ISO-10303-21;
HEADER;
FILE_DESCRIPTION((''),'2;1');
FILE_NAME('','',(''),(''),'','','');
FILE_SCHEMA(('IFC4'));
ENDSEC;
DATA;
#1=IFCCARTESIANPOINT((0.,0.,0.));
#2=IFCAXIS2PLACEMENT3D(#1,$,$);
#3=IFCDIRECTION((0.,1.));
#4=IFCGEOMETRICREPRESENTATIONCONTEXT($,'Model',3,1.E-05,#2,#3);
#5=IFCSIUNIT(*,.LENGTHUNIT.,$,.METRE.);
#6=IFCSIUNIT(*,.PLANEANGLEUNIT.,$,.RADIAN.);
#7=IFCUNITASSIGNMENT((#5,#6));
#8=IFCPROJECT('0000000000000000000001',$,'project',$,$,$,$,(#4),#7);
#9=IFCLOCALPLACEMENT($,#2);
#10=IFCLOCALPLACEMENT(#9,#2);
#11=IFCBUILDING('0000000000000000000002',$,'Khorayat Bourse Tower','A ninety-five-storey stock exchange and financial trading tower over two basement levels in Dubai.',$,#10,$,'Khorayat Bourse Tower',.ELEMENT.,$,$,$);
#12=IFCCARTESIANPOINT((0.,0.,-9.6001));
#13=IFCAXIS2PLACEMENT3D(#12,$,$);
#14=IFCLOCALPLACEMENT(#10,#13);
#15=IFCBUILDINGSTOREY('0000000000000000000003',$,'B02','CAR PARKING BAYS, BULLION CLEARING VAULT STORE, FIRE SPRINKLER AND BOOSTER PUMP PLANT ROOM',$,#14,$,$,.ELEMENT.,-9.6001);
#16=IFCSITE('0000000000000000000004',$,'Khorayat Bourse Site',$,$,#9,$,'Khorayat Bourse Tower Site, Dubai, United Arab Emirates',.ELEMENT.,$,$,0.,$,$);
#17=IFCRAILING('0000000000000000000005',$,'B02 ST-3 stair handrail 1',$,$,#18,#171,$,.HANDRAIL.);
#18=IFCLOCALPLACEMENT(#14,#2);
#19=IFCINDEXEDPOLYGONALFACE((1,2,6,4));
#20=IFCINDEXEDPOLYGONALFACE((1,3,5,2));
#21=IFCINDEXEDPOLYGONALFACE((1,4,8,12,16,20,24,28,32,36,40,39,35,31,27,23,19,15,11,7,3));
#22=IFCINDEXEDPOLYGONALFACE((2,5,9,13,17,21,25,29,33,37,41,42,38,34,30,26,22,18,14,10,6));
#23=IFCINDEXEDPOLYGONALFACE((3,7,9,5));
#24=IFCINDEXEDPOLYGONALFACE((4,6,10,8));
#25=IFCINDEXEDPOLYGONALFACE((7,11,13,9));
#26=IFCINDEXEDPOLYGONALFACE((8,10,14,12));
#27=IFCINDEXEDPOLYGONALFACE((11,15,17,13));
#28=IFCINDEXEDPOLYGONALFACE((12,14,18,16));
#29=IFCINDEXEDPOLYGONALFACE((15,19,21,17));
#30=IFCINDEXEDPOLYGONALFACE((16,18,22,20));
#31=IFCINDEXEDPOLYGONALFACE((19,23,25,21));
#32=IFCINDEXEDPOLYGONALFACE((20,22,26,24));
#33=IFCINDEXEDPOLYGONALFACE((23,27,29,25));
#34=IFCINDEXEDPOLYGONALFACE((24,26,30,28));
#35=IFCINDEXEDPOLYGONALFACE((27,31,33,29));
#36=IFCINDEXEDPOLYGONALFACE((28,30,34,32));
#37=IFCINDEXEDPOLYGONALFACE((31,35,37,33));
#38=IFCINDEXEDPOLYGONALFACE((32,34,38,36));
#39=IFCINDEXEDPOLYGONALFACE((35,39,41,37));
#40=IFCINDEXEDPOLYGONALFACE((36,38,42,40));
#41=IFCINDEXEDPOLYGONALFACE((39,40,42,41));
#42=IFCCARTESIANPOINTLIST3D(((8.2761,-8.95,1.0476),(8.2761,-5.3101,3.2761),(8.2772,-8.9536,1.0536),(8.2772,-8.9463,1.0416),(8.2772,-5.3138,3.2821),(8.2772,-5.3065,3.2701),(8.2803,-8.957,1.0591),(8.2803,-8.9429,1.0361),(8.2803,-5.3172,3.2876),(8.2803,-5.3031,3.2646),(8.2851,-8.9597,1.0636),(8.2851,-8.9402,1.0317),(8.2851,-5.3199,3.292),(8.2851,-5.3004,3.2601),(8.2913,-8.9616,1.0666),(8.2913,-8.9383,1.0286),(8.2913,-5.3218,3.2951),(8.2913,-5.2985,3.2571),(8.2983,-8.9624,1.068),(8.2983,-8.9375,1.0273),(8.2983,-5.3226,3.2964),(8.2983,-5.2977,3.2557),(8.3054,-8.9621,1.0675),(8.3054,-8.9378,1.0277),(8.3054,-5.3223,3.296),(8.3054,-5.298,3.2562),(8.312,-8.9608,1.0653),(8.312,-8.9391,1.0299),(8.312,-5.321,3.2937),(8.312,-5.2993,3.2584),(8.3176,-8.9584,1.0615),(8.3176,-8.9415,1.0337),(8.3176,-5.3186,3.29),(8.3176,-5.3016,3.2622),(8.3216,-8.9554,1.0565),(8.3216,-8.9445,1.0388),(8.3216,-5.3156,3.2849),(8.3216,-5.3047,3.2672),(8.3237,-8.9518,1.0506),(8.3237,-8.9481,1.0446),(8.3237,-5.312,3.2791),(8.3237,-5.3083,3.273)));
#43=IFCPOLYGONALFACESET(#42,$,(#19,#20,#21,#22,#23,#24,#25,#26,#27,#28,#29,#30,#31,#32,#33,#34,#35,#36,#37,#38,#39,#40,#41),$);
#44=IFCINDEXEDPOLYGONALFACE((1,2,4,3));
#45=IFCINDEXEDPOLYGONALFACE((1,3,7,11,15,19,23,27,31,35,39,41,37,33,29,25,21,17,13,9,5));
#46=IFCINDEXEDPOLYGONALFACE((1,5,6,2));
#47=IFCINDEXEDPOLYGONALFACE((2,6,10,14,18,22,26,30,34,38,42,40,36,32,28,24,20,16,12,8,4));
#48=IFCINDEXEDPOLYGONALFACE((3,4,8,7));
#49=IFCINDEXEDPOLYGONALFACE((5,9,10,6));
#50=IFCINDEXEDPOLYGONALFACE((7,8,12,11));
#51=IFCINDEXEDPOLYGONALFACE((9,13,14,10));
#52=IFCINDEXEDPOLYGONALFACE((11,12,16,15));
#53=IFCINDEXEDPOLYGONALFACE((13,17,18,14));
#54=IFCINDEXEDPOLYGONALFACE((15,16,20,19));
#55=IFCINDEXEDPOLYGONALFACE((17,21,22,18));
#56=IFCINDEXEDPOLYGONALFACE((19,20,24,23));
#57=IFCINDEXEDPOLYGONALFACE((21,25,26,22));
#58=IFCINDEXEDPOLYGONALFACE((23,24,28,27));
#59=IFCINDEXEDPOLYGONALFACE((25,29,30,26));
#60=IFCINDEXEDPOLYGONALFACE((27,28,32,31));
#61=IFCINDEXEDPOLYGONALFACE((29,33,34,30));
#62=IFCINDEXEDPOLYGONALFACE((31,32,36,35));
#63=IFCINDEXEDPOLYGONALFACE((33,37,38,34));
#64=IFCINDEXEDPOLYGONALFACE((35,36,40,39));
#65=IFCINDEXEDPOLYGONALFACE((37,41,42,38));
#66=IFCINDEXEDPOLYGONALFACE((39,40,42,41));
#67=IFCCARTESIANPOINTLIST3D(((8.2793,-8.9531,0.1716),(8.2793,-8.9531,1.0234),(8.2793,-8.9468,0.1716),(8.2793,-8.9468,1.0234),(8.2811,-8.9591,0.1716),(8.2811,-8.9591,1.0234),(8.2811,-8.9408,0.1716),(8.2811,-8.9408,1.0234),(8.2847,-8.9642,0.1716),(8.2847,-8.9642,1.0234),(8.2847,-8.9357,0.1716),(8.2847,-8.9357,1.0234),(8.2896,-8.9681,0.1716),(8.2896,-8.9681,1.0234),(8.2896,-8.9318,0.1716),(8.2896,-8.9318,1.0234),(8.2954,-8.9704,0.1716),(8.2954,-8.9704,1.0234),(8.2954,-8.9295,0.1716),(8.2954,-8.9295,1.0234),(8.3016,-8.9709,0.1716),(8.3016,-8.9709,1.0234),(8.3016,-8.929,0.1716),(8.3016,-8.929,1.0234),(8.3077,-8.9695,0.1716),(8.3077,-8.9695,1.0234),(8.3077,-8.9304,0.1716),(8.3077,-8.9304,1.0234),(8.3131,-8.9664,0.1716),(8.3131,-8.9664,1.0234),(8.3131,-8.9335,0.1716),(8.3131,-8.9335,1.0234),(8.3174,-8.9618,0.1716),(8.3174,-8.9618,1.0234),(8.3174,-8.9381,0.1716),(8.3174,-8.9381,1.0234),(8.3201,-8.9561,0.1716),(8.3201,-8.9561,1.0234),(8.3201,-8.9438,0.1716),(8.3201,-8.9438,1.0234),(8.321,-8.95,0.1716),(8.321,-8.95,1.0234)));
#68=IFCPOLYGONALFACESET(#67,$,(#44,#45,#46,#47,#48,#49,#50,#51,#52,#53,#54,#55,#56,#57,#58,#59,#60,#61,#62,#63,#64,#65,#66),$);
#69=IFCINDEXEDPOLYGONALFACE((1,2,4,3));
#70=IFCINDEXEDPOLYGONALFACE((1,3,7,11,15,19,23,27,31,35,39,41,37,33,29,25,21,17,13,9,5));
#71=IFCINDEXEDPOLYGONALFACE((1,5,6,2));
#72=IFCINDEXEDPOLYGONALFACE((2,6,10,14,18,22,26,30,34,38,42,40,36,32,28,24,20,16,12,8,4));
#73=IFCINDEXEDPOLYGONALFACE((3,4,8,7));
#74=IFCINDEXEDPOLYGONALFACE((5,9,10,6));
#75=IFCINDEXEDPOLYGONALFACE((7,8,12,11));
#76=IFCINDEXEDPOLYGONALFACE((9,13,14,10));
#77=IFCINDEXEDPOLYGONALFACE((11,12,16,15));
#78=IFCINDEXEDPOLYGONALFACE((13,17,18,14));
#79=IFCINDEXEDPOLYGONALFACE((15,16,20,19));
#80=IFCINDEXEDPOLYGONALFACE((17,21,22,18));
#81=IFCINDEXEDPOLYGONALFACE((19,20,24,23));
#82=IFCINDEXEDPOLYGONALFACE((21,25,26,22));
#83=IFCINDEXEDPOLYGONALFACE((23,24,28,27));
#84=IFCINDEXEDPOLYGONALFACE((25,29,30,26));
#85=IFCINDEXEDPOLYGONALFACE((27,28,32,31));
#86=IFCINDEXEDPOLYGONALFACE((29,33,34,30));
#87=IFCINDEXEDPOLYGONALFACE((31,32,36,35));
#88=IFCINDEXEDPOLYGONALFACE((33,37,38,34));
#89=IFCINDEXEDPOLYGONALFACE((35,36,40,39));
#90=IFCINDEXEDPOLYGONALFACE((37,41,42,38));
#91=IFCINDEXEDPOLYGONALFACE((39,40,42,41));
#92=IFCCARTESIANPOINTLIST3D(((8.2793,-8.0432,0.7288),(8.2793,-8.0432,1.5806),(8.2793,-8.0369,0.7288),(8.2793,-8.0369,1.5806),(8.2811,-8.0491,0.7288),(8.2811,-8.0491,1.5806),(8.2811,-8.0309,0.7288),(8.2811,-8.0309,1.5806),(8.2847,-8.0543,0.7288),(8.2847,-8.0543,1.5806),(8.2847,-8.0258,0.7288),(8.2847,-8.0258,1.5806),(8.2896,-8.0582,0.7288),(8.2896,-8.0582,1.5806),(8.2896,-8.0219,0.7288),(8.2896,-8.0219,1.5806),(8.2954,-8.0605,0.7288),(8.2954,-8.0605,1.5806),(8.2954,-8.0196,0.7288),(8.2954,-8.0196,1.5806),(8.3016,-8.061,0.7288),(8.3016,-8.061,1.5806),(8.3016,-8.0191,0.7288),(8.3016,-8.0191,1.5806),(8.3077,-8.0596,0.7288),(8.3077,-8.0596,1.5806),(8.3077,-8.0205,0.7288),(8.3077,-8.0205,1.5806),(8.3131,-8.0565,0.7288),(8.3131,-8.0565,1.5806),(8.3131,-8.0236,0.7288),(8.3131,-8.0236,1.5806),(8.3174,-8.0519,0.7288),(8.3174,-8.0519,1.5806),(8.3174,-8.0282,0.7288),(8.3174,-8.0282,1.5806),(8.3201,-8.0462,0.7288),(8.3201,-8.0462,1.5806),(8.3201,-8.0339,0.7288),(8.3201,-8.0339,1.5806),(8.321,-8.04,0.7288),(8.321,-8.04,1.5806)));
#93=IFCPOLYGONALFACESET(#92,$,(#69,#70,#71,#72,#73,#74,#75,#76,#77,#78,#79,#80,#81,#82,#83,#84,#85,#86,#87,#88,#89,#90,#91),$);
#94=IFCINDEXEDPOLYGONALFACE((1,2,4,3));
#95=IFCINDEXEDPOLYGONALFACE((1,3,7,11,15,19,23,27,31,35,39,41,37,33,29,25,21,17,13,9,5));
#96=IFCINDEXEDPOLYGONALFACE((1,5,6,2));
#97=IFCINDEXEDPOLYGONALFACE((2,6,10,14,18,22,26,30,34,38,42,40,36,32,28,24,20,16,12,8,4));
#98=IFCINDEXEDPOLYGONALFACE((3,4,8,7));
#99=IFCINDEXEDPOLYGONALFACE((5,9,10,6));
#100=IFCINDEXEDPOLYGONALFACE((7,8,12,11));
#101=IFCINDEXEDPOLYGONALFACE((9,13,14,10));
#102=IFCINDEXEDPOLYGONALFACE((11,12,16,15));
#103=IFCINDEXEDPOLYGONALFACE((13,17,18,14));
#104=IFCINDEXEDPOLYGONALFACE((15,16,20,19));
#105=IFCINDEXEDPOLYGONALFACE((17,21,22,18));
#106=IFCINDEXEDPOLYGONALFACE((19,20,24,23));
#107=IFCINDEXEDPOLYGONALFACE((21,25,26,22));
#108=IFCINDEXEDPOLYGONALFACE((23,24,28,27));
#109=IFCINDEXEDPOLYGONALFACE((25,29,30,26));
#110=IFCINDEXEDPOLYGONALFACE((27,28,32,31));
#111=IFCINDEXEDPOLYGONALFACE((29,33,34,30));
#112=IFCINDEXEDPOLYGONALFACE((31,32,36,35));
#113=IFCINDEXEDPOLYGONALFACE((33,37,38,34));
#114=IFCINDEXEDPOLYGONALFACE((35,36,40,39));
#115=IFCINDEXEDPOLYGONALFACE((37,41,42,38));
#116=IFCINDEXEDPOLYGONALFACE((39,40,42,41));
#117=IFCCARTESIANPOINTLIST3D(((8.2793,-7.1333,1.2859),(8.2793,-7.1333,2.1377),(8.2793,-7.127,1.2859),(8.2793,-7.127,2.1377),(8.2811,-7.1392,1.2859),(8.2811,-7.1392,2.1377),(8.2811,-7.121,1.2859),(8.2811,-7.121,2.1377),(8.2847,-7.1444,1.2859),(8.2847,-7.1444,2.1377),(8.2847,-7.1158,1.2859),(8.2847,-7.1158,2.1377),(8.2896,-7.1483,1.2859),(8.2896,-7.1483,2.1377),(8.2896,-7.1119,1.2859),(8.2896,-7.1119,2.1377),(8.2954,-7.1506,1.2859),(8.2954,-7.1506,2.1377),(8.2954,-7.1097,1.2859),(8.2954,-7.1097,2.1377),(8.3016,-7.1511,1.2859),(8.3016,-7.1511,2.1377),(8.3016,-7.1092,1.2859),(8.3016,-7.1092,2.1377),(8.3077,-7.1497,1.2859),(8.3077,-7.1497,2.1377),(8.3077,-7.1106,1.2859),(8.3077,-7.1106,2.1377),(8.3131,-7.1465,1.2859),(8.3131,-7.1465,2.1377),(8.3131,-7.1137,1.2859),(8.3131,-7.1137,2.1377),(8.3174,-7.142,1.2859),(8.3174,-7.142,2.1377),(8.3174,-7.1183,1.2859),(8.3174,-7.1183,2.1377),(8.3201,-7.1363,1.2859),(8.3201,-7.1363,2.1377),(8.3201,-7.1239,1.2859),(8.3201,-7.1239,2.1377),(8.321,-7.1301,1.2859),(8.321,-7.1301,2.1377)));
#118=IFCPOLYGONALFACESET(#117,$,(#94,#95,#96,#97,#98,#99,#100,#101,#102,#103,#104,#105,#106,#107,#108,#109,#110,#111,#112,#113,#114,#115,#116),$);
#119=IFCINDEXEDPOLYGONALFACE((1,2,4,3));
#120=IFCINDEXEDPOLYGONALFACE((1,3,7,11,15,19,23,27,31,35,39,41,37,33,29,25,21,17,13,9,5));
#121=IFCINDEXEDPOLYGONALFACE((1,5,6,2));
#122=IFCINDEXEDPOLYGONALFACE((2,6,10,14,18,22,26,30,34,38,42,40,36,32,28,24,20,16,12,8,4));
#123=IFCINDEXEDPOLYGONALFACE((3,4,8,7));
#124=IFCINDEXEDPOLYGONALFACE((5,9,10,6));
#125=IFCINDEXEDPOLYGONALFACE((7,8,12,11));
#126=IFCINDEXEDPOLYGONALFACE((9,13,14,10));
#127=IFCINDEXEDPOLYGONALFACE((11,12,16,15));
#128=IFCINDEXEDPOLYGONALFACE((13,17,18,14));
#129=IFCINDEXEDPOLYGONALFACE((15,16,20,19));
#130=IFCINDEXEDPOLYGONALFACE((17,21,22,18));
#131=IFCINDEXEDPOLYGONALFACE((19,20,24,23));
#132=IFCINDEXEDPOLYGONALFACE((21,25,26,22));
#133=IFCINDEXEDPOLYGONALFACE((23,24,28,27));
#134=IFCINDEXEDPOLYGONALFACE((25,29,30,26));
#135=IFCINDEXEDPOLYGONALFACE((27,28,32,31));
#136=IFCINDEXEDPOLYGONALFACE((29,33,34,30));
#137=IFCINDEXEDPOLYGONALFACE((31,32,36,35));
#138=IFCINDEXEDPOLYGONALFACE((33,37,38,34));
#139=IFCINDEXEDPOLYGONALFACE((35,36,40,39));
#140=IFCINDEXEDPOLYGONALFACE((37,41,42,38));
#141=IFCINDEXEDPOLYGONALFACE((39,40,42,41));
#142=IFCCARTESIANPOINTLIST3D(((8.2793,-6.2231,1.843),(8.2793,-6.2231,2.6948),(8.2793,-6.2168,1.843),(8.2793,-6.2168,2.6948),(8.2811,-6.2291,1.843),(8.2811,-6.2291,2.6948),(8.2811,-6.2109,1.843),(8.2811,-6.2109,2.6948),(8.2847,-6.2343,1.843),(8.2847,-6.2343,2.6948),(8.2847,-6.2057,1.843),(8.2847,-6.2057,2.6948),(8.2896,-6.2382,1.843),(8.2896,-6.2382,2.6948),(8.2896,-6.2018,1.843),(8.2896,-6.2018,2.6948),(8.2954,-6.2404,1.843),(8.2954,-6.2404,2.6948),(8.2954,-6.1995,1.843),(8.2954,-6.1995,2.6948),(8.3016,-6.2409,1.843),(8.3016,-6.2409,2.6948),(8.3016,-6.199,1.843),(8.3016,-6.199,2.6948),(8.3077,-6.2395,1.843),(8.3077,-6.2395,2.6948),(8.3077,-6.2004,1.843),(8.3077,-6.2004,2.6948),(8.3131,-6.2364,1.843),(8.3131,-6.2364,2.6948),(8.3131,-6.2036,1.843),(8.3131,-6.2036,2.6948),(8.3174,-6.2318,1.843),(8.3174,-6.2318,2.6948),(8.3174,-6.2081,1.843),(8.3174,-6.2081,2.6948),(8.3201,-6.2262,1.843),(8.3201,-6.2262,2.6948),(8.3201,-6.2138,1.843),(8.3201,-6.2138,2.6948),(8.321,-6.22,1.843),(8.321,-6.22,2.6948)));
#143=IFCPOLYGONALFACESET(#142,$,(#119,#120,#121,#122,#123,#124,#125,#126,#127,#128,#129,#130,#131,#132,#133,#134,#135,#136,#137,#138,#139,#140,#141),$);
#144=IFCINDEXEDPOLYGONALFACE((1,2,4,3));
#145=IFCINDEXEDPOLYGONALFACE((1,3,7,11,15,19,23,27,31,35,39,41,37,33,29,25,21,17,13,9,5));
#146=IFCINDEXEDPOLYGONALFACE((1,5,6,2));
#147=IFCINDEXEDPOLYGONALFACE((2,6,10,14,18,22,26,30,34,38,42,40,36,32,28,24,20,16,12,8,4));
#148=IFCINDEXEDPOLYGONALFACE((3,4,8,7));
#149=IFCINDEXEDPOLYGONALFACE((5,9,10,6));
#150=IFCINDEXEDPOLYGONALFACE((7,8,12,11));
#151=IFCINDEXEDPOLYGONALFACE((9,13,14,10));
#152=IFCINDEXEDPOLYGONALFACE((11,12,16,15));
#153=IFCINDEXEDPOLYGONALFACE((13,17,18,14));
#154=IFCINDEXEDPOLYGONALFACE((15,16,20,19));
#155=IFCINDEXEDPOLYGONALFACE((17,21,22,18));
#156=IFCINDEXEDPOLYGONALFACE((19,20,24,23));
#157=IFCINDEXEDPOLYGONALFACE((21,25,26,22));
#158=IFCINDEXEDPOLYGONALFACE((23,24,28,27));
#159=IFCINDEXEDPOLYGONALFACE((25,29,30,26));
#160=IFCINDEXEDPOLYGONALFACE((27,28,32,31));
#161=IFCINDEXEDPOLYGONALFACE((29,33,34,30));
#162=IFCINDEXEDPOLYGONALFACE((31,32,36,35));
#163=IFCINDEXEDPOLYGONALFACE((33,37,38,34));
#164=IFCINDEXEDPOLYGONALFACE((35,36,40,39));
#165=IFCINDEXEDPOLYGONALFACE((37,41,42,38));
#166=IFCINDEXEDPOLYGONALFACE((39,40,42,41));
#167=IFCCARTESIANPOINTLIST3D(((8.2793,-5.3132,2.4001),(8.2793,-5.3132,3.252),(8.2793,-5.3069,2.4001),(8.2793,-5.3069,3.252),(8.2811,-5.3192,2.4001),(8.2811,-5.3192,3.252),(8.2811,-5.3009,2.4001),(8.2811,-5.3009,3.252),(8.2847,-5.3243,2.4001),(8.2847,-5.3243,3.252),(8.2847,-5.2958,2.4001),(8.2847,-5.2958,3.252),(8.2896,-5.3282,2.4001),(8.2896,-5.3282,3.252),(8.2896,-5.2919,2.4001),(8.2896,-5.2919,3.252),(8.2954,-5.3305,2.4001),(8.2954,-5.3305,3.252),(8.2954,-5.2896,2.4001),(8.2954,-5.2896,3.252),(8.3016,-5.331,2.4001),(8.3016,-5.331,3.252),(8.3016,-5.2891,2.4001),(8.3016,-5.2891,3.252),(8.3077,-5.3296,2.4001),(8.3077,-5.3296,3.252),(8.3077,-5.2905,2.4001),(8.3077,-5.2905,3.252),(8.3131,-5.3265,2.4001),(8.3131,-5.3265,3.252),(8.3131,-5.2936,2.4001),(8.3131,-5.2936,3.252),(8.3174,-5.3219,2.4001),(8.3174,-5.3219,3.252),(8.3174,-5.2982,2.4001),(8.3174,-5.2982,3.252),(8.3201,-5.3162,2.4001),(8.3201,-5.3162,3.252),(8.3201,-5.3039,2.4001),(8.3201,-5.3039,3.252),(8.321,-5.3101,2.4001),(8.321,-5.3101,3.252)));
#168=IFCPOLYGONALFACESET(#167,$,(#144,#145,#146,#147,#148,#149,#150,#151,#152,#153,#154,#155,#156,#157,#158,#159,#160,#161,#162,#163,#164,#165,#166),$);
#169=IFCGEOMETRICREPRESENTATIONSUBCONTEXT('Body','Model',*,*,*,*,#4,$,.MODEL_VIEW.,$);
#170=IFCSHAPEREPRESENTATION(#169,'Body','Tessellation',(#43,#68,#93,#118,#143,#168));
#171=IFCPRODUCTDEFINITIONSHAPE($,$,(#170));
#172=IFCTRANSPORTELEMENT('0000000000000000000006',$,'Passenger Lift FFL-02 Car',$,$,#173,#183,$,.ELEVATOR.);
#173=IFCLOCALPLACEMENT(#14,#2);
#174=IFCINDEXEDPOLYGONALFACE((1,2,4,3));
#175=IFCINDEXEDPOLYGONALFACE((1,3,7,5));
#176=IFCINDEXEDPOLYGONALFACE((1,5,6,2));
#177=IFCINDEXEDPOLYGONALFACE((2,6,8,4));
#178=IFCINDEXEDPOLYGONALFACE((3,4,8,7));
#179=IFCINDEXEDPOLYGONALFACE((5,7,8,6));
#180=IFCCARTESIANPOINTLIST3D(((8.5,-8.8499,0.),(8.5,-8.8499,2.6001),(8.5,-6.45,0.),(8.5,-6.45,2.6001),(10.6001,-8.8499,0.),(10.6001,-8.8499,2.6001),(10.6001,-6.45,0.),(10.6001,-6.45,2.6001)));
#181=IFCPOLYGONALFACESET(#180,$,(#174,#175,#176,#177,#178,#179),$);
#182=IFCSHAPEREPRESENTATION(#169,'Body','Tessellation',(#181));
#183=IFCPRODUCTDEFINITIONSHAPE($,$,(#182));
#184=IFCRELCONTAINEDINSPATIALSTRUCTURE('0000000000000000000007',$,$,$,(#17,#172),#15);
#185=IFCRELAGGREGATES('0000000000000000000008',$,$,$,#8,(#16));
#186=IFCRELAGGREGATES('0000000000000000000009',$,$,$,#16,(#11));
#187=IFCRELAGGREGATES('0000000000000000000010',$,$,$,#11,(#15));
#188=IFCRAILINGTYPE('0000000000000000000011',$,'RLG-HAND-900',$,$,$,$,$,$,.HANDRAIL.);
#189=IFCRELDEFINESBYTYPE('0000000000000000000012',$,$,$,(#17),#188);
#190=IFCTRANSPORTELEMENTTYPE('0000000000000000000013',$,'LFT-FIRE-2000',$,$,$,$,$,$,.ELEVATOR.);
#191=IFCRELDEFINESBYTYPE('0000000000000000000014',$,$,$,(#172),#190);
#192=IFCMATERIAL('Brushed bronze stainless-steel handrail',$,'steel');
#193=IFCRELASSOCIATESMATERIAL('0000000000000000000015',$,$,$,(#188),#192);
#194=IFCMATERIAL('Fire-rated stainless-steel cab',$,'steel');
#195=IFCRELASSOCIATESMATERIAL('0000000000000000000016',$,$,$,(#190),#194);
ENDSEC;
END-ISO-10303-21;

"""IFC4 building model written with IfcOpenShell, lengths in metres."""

from ifc_helpers import new_model, si_unit, direction, frame, origin, origin_2d, place, context, subcontext, project, spatial, rectangle, circle, extrude, source, transform, mapped, material, type_object, element, save


model = new_model("IFC4")

# Units and contexts
model_context = context("Model", 3, precision=1e-05, world=origin(), true_north=direction((0.0, 1.0)))
body_context = subcontext(model_context, "Body", "Model", "MODEL_VIEW")
ifc_project = project(units=[si_unit("LENGTHUNIT", "METRE"), si_unit("PLANEANGLEUNIT", "RADIAN")], contexts=[model_context])

# Site, building, storey
site_placement = place(None, origin())
site = spatial("IfcSite", under=ifc_project, at=site_placement, Name="Khorayat Bourse Site", LongName="Khorayat Bourse Tower Site, Dubai, United Arab Emirates", CompositionType="ELEMENT", RefElevation=0.0)
building_placement = place(site_placement, origin())
building = spatial("IfcBuilding", under=site, at=building_placement, Name="Khorayat Bourse Tower", Description="A ninety-five-storey stock exchange and financial trading tower over two basement levels in Dubai.", LongName="Khorayat Bourse Tower", CompositionType="ELEMENT")
storey_placement = place(building_placement, frame((0.0, 0.0, -9.6001)))
storey = spatial("IfcBuildingStorey", under=building, at=storey_placement, Name="B02", Description="CAR PARKING BAYS, BULLION CLEARING VAULT STORE, FIRE SPRINKLER AND BOOSTER PUMP PLANT ROOM", CompositionType="ELEMENT", Elevation=-9.6001)

# Railing
ifc_material_1 = material(Name="Brushed bronze stainless-steel handrail", Category="steel")
railing_type = type_object("IfcRailingType", Name="RLG-HAND-900", PredefinedType="HANDRAIL", material=ifc_material_1)
shared_shape_1 = source(origin(), body_context, "Body", "SweptSolid", [
    extrude(circle(Radius=0.0239, at=origin_2d()), frame((0.0, 0.0, 0.876), z_axis=(0.0, 0.85285, 0.522156), x_axis=(-1.0, 0.0, 0.0)), (0.0, 0.0, 1.0), 4.2678),
    extrude(circle(Radius=0.021, at=origin_2d()), origin(), (0.0, 0.0, 1.0), 0.8518),
    extrude(circle(Radius=0.021, at=origin_2d()), frame((0.0, 0.9099, 0.5571)), (0.0, 0.0, 1.0), 0.8518),
    extrude(circle(Radius=0.021, at=origin_2d()), frame((0.0, 1.8198, 1.1143)), (0.0, 0.0, 1.0), 0.8518),
    extrude(circle(Radius=0.021, at=origin_2d()), frame((0.0, 2.73, 1.6714)), (0.0, 0.0, 1.0), 0.8518),
    extrude(circle(Radius=0.021, at=origin_2d()), frame((0.0, 3.6399, 2.2285)), (0.0, 0.0, 1.0), 0.8518),
])
railing_placement = place(storey_placement, frame((8.3, -8.95, 0.1716)))
element("IfcRailing", 1, at=railing_placement, inside=storey, type_object=railing_type, Name="B02 ST-3 stair handrail 1", PredefinedType="HANDRAIL", context=body_context, shape_type="MappedRepresentation", body=[
    mapped(shared_shape_1, transform((0.0, 0.0, 0.0), scale=1.0)),
])

# Transport element
ifc_material_2 = material(Name="Fire-rated stainless-steel cab", Category="steel")
transport_element_type = type_object("IfcTransportElementType", Name="LFT-FIRE-2000", PredefinedType="ELEVATOR", material=ifc_material_2)
shared_shape_2 = source(origin(), body_context, "Body", "SweptSolid", [
    extrude(rectangle(XDim=2.1001, YDim=2.3999, at=origin_2d()), origin(), (0.0, 0.0, 1.0), 2.6001),
])
transport_element_placement = place(storey_placement, frame((9.55, -7.6499, 0.0), z_axis=(0.0, 0.0, 1.0), x_axis=(1.0, 0.0, 0.0)))
element("IfcTransportElement", 2, at=transport_element_placement, inside=storey, type_object=transport_element_type, Name="Passenger Lift FFL-02 Car", PredefinedType="ELEVATOR", context=body_context, shape_type="MappedRepresentation", body=[
    mapped(shared_shape_2, transform((0.0, 0.0, 0.0), scale=1.0)),
])

save(model, "model.ifc")
